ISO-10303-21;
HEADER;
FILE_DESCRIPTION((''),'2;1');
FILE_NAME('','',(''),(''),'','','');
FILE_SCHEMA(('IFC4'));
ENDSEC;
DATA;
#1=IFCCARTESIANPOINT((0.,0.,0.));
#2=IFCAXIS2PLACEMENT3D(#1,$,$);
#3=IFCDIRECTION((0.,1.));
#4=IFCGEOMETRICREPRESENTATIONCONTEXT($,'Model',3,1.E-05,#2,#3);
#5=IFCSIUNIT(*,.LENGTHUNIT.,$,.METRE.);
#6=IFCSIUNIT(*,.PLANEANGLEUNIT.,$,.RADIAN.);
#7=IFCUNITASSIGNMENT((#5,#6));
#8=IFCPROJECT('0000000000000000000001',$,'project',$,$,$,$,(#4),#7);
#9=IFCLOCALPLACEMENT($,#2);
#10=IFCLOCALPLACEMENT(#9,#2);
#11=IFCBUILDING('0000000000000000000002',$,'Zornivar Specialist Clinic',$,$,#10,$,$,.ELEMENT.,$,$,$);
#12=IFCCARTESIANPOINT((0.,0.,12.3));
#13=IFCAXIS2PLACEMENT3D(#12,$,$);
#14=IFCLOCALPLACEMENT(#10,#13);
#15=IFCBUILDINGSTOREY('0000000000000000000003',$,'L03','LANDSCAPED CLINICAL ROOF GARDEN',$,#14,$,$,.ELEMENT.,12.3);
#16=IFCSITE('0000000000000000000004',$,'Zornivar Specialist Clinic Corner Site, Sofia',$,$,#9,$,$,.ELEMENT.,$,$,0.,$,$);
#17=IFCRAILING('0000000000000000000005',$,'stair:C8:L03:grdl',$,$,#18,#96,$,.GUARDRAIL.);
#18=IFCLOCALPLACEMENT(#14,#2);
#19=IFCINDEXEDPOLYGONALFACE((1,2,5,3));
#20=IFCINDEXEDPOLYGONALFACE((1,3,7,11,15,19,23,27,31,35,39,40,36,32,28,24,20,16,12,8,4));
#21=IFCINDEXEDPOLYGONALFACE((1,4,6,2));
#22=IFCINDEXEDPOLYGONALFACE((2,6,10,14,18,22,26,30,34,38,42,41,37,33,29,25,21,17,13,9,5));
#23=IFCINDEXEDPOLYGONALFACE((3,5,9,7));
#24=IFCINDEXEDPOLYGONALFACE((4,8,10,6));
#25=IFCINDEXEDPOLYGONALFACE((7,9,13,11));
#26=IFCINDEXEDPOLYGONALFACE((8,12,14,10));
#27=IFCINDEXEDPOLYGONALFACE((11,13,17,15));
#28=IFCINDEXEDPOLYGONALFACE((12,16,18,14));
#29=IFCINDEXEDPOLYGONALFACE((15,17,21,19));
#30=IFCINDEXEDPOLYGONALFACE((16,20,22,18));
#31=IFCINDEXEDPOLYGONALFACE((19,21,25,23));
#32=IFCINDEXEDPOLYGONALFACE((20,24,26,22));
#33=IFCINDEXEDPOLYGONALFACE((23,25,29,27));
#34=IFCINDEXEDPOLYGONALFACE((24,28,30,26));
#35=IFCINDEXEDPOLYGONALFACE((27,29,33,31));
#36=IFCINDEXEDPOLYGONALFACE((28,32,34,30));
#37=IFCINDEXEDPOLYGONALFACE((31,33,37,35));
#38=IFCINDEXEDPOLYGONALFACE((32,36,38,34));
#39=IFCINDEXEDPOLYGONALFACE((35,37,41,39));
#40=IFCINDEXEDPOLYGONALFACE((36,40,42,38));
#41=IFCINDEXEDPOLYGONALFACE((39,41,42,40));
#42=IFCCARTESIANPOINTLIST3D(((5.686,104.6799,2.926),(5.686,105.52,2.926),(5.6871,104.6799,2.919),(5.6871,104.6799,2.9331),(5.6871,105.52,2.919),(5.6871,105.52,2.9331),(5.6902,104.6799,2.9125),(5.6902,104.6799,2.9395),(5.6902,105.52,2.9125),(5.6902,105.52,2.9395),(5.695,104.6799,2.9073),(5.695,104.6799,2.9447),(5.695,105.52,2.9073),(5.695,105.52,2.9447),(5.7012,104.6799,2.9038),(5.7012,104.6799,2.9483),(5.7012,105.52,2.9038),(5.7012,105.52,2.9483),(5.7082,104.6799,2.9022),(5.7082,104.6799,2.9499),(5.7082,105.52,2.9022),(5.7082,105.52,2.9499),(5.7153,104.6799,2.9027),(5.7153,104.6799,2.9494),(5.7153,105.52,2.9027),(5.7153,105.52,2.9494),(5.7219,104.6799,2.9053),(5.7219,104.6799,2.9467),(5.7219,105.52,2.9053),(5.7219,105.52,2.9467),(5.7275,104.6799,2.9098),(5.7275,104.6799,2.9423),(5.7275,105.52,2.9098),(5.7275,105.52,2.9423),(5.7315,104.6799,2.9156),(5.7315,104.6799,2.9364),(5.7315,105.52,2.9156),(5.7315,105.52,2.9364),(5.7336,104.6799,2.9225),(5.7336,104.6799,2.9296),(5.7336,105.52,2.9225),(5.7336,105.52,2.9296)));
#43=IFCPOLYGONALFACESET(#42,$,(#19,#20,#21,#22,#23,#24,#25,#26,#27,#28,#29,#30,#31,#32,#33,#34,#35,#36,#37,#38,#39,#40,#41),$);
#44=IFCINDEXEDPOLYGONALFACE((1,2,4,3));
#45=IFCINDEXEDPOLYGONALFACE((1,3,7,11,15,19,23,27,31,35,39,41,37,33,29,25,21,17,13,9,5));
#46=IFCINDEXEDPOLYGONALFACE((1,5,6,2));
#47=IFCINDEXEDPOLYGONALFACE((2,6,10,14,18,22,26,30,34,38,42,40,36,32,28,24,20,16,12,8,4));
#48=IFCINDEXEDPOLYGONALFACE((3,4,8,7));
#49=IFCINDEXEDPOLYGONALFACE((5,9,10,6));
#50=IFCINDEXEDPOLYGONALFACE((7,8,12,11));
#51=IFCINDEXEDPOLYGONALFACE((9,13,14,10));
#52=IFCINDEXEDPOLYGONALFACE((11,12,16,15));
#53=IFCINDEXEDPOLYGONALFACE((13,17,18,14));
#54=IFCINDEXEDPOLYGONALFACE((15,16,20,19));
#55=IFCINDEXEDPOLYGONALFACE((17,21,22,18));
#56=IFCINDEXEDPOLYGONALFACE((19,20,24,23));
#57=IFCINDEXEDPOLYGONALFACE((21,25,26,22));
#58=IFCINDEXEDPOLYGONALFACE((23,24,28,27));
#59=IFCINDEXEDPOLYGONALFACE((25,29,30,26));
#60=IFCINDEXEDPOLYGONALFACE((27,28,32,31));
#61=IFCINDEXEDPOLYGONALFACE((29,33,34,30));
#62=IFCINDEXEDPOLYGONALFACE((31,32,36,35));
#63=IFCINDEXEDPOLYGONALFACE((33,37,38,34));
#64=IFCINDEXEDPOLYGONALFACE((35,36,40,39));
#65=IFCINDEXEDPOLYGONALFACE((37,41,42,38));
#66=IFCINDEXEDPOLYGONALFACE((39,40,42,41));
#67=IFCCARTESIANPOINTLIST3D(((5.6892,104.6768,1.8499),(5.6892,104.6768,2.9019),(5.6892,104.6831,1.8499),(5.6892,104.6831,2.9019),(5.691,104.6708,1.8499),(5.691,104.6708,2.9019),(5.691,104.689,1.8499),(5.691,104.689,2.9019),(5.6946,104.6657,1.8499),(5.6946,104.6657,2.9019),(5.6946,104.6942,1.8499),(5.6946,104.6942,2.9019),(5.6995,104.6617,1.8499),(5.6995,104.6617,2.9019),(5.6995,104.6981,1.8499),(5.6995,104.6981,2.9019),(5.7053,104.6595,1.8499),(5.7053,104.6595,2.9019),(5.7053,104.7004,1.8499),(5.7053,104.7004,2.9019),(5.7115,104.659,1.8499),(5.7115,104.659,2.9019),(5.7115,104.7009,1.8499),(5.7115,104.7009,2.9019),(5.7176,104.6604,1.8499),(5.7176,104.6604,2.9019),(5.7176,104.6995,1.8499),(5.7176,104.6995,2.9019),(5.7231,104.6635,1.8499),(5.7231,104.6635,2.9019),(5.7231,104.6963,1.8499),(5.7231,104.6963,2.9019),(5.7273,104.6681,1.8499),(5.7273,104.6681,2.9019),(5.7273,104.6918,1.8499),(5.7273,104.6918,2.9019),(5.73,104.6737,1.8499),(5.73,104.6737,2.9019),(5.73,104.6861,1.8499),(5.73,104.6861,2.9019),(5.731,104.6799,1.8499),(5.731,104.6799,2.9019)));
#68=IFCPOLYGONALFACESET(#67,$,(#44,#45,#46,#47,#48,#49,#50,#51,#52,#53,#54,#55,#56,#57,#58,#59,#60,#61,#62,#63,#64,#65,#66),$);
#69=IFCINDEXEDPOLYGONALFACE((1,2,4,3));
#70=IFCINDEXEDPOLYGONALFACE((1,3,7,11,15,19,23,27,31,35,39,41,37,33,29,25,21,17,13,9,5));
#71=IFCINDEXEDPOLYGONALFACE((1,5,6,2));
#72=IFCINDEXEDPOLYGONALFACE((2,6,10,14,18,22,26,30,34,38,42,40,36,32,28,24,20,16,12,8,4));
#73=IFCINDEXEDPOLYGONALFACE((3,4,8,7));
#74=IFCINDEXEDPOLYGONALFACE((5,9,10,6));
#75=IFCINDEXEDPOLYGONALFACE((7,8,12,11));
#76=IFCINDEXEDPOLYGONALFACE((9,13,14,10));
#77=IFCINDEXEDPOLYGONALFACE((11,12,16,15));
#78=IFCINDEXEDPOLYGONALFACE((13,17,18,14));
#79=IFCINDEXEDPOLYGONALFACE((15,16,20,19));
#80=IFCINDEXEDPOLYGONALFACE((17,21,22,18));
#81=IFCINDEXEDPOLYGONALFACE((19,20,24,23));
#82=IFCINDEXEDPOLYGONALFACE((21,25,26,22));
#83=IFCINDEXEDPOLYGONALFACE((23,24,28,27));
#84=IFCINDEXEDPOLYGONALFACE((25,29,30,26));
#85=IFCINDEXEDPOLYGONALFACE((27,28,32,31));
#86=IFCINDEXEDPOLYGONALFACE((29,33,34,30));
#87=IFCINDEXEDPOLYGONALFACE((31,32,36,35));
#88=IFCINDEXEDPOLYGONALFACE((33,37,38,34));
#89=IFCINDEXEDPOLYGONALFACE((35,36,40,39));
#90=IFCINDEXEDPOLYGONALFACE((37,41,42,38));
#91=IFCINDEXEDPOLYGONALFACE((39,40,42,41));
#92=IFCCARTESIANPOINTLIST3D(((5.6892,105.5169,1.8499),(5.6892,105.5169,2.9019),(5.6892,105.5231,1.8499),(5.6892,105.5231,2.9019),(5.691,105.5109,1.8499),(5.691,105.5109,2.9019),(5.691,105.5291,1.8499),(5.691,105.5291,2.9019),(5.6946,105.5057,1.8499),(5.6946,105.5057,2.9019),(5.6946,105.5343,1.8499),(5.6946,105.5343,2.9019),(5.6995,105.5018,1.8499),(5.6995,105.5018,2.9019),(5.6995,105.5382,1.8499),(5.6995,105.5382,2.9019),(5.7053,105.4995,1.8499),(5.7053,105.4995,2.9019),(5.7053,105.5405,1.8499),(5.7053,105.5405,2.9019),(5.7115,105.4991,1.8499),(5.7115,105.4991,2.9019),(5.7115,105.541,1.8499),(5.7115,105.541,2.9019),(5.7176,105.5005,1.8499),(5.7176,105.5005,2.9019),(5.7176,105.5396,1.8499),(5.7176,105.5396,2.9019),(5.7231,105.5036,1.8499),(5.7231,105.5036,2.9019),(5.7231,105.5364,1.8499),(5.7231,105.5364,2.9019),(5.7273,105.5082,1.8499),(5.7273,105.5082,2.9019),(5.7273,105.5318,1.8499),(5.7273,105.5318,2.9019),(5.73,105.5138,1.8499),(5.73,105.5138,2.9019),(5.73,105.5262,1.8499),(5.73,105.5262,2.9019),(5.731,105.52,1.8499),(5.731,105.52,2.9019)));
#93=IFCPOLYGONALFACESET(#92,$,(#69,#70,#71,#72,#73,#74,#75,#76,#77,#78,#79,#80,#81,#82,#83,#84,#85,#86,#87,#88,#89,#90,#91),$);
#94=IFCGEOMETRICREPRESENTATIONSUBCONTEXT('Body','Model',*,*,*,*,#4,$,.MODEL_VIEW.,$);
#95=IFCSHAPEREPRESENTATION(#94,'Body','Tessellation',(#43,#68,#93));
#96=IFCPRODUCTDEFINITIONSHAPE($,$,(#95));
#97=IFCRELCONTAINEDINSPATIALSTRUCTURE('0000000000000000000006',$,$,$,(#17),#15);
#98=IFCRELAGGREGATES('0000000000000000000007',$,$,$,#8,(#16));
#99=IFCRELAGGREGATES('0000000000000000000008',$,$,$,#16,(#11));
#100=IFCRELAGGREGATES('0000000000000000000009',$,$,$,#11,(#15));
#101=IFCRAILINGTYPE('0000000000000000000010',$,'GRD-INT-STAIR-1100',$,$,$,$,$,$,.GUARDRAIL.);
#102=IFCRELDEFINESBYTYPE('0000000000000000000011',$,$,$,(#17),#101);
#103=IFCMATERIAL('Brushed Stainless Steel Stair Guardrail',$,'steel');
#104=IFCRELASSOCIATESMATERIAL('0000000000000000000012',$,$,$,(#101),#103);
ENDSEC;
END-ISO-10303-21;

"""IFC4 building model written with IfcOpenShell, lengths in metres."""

from ifc_helpers import new_model, si_unit, direction, frame, origin, origin_2d, place, context, subcontext, project, spatial, circle, extrude, material, type_object, element, save


model = new_model("IFC4")

# Units and contexts
model_context = context("Model", 3, precision=1e-05, world=origin(), true_north=direction((0.0, 1.0)))
body_context = subcontext(model_context, "Body", "Model", "MODEL_VIEW")
ifc_project = project(units=[si_unit("LENGTHUNIT", "METRE"), si_unit("PLANEANGLEUNIT", "RADIAN")], contexts=[model_context])

# Site, building, storey
site_placement = place(None, origin())
site = spatial("IfcSite", under=ifc_project, at=site_placement, Name="Zornivar Specialist Clinic Corner Site, Sofia", CompositionType="ELEMENT", RefElevation=0.0)
building_placement = place(site_placement, origin())
building = spatial("IfcBuilding", under=site, at=building_placement, Name="Zornivar Specialist Clinic", CompositionType="ELEMENT")
storey_placement = place(building_placement, frame((0.0, 0.0, 12.3)))
storey = spatial("IfcBuildingStorey", under=building, at=storey_placement, Name="L03", Description="LANDSCAPED CLINICAL ROOF GARDEN", CompositionType="ELEMENT", Elevation=12.3)

# Railing
ifc_material_1 = material(Name="Brushed Stainless Steel Stair Guardrail", Category="steel")
railing_type_1 = type_object("IfcRailingType", Name="GRD-INT-STAIR-1100", PredefinedType="GUARDRAIL", material=ifc_material_1)
railing_1_placement = place(storey_placement, frame((5.71, 104.6799, 1.8499)))
element("IfcRailing", 1, at=railing_1_placement, inside=storey, type_object=railing_type_1, Name="stair:C8:L03:grdl", PredefinedType="GUARDRAIL", context=body_context, shape_type="SweptSolid", body=[
    extrude(circle(Radius=0.0239, at=origin_2d()), frame((0.0, 0.0, 1.0762), z_axis=(0.0, 1.0, 0.0), x_axis=(-1.0, 0.0, 0.0)), (0.0, 0.0, 1.0), 0.8401),
    extrude(circle(Radius=0.021, at=origin_2d()), origin(), (0.0, 0.0, 1.0), 1.052),
    extrude(circle(Radius=0.021, at=origin_2d()), frame((0.0, 0.8401, 0.0)), (0.0, 0.0, 1.0), 1.052),
])

save(model, "model.ifc")
